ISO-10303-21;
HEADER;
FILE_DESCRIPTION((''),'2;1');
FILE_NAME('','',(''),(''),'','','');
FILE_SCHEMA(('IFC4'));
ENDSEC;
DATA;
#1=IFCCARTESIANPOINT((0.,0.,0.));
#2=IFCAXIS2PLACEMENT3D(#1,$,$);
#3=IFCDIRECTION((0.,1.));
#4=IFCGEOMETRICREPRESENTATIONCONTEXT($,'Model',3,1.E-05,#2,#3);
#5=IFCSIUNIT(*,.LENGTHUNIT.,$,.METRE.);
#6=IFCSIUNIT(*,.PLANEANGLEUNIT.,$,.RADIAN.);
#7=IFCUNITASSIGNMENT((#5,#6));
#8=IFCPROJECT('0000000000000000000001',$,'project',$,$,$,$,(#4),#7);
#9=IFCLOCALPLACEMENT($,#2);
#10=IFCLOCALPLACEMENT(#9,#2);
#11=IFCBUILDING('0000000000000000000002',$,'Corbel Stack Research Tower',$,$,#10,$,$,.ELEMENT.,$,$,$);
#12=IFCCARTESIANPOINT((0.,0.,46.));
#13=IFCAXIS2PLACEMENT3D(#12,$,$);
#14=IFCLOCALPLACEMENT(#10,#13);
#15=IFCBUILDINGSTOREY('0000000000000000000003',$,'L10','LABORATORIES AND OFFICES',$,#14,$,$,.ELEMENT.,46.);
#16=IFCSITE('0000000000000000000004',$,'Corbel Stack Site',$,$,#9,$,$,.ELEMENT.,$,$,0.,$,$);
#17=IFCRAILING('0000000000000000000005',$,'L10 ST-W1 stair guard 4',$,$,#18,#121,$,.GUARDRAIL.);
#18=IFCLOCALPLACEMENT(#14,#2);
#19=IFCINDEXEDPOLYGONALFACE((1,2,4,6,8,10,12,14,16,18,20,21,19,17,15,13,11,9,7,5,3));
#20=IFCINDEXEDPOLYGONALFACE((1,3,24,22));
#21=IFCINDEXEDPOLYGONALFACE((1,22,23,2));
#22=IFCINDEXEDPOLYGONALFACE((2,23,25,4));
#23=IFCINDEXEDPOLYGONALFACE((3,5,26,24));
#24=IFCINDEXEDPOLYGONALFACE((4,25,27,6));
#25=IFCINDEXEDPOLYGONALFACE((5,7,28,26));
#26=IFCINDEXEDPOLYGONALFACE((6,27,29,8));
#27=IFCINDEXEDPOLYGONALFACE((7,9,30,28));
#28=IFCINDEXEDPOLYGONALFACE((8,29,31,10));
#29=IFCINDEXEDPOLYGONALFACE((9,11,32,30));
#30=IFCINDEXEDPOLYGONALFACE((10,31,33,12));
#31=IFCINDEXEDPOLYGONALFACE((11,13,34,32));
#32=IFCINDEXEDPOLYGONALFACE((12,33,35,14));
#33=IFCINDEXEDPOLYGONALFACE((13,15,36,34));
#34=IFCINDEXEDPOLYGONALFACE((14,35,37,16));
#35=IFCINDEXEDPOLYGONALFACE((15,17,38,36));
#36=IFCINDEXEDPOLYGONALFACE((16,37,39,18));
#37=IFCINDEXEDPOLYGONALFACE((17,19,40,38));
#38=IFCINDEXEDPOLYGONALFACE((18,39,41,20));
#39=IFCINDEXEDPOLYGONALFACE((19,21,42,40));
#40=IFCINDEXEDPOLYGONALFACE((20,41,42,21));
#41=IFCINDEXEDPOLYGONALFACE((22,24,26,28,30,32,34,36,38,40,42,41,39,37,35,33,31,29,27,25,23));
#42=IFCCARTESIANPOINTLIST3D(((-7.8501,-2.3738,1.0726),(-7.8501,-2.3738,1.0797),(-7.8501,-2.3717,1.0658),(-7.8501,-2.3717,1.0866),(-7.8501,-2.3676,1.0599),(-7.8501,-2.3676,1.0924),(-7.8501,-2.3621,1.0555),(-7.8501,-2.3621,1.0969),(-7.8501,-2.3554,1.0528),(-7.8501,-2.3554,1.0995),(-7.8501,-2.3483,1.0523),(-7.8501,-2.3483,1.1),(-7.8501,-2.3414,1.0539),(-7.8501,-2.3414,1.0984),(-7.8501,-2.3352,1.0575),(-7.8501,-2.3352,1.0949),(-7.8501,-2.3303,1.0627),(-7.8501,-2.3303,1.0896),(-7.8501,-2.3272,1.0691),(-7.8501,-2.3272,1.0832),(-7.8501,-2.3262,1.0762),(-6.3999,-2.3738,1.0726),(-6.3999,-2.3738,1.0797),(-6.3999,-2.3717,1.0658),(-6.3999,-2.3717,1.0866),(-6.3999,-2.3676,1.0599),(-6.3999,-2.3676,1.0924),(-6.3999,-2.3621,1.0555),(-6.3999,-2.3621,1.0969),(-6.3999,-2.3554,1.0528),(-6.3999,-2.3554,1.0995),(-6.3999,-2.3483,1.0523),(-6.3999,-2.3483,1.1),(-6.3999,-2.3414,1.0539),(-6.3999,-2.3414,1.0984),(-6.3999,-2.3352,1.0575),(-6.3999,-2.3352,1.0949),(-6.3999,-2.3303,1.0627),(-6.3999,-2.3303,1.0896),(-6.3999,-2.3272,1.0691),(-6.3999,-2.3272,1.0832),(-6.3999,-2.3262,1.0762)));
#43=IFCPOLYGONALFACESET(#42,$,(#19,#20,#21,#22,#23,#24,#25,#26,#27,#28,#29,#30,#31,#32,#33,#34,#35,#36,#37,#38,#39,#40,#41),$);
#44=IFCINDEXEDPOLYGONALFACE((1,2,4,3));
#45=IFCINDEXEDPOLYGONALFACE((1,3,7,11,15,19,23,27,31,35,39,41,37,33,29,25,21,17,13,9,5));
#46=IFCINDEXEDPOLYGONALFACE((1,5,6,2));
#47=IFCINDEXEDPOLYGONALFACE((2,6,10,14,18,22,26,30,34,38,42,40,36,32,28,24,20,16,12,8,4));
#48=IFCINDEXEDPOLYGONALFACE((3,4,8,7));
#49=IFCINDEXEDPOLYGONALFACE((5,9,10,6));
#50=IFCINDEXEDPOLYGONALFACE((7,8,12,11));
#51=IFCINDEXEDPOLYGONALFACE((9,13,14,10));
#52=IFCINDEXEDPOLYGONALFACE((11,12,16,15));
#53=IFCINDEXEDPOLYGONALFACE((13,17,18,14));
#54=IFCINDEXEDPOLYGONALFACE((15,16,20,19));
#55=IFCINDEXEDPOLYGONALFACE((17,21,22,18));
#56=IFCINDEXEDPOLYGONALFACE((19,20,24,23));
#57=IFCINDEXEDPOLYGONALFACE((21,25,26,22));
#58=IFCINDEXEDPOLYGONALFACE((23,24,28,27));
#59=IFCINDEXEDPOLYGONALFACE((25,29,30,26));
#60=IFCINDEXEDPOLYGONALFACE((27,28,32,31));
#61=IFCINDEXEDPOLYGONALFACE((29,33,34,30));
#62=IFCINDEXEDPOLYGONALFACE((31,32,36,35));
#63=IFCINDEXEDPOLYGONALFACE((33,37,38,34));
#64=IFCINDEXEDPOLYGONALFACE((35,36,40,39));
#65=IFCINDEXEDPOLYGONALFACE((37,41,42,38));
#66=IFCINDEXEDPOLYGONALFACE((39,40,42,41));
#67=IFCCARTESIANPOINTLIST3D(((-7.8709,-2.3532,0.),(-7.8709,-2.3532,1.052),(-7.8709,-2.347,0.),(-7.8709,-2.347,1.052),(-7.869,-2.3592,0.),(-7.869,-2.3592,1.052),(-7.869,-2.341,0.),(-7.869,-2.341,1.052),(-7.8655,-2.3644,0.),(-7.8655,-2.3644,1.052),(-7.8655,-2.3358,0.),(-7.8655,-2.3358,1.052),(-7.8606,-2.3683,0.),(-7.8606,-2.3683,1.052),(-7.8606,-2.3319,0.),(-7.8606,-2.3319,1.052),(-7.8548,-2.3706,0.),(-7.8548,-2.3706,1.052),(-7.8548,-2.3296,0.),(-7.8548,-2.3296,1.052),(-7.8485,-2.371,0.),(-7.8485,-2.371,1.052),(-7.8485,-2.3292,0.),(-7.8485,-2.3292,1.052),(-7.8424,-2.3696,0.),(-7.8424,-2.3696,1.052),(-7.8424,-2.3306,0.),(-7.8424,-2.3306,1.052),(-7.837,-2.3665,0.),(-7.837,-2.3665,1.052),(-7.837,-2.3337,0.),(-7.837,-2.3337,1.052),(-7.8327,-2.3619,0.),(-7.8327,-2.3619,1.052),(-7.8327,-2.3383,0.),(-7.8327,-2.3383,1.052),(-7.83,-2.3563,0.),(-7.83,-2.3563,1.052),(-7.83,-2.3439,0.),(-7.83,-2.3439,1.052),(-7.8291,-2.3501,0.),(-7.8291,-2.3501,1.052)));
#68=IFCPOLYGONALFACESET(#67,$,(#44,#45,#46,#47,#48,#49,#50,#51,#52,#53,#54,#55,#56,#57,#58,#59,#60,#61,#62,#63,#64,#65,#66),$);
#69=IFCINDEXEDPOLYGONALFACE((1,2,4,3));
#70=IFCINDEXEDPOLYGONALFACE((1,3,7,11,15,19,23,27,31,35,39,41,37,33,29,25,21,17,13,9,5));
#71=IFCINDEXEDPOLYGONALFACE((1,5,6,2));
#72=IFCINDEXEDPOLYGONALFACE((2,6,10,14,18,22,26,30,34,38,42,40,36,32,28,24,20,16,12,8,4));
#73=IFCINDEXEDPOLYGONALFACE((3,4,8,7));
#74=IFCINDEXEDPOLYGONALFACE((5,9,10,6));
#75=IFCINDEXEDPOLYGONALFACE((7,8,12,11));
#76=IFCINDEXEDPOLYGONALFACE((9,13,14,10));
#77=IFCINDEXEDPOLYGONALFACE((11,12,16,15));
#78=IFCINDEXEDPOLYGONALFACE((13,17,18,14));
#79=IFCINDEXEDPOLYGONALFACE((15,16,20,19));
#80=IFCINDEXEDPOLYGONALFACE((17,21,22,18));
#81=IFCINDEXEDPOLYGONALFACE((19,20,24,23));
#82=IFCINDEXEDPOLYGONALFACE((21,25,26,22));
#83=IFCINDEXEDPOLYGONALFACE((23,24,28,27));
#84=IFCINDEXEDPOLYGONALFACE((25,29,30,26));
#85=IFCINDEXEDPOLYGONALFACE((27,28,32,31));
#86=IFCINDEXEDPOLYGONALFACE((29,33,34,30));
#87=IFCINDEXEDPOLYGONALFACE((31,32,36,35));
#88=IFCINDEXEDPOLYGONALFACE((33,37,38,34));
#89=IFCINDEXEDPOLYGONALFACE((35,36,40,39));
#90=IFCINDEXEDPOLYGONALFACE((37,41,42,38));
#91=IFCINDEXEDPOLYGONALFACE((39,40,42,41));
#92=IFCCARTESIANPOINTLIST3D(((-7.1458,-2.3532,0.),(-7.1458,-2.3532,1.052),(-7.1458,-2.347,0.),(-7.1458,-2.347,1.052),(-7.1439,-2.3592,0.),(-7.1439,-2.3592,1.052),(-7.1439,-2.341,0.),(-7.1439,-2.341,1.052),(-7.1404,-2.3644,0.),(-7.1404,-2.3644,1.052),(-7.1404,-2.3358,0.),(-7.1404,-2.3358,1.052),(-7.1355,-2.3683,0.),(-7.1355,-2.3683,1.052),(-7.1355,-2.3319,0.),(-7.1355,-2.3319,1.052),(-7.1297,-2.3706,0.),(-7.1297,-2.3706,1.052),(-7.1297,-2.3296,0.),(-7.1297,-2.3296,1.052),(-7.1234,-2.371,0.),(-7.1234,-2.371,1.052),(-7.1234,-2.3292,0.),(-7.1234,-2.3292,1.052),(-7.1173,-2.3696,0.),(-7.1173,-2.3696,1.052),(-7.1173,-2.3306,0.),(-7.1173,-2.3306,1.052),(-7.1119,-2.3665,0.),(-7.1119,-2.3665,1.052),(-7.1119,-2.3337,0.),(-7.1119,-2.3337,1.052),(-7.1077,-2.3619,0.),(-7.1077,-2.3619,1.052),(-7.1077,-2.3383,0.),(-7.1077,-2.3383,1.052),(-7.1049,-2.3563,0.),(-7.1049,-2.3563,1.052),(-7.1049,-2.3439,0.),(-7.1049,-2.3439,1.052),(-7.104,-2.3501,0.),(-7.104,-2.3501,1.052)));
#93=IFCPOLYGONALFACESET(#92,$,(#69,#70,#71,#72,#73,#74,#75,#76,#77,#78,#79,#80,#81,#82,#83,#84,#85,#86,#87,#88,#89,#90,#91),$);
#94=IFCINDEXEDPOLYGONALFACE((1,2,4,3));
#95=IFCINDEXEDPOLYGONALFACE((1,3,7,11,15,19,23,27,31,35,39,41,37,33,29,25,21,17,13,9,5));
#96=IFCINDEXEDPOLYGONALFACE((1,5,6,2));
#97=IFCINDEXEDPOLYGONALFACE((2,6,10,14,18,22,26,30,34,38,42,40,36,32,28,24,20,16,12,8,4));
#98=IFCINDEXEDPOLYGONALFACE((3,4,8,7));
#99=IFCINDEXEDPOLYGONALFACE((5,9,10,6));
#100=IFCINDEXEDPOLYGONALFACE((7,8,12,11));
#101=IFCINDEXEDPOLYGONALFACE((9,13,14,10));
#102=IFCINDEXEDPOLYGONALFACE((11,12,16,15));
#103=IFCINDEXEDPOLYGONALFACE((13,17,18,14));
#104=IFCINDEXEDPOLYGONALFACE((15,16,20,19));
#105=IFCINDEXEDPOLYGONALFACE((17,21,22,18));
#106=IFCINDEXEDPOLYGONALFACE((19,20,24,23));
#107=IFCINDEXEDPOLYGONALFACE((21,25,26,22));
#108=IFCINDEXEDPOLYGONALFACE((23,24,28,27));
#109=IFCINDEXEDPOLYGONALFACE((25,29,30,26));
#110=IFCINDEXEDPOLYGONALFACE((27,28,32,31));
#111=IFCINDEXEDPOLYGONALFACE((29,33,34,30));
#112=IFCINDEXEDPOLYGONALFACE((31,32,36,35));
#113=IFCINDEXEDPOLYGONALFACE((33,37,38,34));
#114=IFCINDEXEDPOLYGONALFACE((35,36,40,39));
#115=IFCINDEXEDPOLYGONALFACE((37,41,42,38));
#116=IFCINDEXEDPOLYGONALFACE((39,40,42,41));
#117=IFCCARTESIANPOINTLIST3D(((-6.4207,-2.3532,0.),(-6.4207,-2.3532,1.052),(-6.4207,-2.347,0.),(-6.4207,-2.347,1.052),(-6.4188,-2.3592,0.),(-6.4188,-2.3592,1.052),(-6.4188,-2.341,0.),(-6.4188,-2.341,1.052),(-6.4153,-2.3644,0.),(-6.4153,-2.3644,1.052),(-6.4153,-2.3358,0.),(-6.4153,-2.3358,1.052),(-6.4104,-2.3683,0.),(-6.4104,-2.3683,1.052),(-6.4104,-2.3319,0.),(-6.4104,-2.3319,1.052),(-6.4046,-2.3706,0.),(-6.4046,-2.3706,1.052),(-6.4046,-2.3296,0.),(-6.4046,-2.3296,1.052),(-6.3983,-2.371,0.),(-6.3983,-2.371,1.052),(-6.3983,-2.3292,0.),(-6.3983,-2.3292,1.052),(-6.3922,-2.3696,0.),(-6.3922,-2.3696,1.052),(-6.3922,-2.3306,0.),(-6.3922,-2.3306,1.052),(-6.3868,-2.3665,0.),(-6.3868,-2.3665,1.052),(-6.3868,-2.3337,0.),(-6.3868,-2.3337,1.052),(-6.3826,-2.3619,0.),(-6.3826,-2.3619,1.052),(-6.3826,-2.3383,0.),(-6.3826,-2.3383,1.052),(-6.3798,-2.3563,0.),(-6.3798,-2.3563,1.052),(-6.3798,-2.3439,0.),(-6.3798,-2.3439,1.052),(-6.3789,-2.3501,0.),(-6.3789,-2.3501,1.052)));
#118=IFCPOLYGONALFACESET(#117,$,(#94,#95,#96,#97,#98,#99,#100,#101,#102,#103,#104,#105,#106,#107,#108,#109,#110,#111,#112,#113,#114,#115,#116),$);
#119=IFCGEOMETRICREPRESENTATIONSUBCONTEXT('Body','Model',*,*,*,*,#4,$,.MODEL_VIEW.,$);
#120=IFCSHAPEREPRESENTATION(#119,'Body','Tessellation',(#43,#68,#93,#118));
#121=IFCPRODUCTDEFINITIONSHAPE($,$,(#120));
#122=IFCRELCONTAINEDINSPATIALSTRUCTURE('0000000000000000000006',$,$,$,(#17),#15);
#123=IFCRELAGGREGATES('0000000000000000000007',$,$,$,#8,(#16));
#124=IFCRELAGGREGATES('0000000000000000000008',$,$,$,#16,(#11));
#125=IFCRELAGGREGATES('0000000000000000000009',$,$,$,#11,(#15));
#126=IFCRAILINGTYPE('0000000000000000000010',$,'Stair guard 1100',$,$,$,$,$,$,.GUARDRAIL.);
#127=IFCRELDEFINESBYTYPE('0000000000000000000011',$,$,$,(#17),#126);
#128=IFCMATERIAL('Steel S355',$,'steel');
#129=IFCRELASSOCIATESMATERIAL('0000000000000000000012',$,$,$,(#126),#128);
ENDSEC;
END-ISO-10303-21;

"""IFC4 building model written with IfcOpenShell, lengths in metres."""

from ifc_helpers import new_model, si_unit, direction, frame, origin, origin_2d, place, context, subcontext, project, spatial, circle, extrude, material, type_object, element, save


model = new_model("IFC4")

# Units and contexts
model_context = context("Model", 3, precision=1e-05, world=origin(), true_north=direction((0.0, 1.0)))
body_context = subcontext(model_context, "Body", "Model", "MODEL_VIEW")
ifc_project = project(units=[si_unit("LENGTHUNIT", "METRE"), si_unit("PLANEANGLEUNIT", "RADIAN")], contexts=[model_context])

# Site, building, storey
site_placement = place(None, origin())
site = spatial("IfcSite", under=ifc_project, at=site_placement, Name="Corbel Stack Site", CompositionType="ELEMENT", RefElevation=0.0)
building_placement = place(site_placement, origin())
building = spatial("IfcBuilding", under=site, at=building_placement, Name="Corbel Stack Research Tower", CompositionType="ELEMENT")
storey_placement = place(building_placement, frame((0.0, 0.0, 46.0)))
storey = spatial("IfcBuildingStorey", under=building, at=storey_placement, Name="L10", Description="LABORATORIES AND OFFICES", CompositionType="ELEMENT", Elevation=46.0)

# Railing
ifc_material_1 = material(Name="Steel S355", Category="steel")
railing_type_1 = type_object("IfcRailingType", Name="Stair guard 1100", PredefinedType="GUARDRAIL", material=ifc_material_1)
railing_1_placement = place(storey_placement, frame((-7.8501, -2.3501, 0.0)))
element("IfcRailing", 1, at=railing_1_placement, inside=storey, type_object=railing_type_1, Name="L10 ST-W1 stair guard 4", PredefinedType="GUARDRAIL", context=body_context, shape_type="SweptSolid", body=[
    extrude(circle(Radius=0.0239, at=origin_2d()), frame((0.0, 0.0, 1.0762), z_axis=(1.0, 0.0, 0.0), x_axis=(0.0, 1.0, 0.0)), (0.0, 0.0, 1.0), 1.4502),
    extrude(circle(Radius=0.021, at=origin_2d()), origin(), (0.0, 0.0, 1.0), 1.052),
    extrude(circle(Radius=0.021, at=origin_2d()), frame((0.7251, 0.0, 0.0)), (0.0, 0.0, 1.0), 1.052),
    extrude(circle(Radius=0.021, at=origin_2d()), frame((1.4502, 0.0, 0.0)), (0.0, 0.0, 1.0), 1.052),
])

save(model, "model.ifc")
